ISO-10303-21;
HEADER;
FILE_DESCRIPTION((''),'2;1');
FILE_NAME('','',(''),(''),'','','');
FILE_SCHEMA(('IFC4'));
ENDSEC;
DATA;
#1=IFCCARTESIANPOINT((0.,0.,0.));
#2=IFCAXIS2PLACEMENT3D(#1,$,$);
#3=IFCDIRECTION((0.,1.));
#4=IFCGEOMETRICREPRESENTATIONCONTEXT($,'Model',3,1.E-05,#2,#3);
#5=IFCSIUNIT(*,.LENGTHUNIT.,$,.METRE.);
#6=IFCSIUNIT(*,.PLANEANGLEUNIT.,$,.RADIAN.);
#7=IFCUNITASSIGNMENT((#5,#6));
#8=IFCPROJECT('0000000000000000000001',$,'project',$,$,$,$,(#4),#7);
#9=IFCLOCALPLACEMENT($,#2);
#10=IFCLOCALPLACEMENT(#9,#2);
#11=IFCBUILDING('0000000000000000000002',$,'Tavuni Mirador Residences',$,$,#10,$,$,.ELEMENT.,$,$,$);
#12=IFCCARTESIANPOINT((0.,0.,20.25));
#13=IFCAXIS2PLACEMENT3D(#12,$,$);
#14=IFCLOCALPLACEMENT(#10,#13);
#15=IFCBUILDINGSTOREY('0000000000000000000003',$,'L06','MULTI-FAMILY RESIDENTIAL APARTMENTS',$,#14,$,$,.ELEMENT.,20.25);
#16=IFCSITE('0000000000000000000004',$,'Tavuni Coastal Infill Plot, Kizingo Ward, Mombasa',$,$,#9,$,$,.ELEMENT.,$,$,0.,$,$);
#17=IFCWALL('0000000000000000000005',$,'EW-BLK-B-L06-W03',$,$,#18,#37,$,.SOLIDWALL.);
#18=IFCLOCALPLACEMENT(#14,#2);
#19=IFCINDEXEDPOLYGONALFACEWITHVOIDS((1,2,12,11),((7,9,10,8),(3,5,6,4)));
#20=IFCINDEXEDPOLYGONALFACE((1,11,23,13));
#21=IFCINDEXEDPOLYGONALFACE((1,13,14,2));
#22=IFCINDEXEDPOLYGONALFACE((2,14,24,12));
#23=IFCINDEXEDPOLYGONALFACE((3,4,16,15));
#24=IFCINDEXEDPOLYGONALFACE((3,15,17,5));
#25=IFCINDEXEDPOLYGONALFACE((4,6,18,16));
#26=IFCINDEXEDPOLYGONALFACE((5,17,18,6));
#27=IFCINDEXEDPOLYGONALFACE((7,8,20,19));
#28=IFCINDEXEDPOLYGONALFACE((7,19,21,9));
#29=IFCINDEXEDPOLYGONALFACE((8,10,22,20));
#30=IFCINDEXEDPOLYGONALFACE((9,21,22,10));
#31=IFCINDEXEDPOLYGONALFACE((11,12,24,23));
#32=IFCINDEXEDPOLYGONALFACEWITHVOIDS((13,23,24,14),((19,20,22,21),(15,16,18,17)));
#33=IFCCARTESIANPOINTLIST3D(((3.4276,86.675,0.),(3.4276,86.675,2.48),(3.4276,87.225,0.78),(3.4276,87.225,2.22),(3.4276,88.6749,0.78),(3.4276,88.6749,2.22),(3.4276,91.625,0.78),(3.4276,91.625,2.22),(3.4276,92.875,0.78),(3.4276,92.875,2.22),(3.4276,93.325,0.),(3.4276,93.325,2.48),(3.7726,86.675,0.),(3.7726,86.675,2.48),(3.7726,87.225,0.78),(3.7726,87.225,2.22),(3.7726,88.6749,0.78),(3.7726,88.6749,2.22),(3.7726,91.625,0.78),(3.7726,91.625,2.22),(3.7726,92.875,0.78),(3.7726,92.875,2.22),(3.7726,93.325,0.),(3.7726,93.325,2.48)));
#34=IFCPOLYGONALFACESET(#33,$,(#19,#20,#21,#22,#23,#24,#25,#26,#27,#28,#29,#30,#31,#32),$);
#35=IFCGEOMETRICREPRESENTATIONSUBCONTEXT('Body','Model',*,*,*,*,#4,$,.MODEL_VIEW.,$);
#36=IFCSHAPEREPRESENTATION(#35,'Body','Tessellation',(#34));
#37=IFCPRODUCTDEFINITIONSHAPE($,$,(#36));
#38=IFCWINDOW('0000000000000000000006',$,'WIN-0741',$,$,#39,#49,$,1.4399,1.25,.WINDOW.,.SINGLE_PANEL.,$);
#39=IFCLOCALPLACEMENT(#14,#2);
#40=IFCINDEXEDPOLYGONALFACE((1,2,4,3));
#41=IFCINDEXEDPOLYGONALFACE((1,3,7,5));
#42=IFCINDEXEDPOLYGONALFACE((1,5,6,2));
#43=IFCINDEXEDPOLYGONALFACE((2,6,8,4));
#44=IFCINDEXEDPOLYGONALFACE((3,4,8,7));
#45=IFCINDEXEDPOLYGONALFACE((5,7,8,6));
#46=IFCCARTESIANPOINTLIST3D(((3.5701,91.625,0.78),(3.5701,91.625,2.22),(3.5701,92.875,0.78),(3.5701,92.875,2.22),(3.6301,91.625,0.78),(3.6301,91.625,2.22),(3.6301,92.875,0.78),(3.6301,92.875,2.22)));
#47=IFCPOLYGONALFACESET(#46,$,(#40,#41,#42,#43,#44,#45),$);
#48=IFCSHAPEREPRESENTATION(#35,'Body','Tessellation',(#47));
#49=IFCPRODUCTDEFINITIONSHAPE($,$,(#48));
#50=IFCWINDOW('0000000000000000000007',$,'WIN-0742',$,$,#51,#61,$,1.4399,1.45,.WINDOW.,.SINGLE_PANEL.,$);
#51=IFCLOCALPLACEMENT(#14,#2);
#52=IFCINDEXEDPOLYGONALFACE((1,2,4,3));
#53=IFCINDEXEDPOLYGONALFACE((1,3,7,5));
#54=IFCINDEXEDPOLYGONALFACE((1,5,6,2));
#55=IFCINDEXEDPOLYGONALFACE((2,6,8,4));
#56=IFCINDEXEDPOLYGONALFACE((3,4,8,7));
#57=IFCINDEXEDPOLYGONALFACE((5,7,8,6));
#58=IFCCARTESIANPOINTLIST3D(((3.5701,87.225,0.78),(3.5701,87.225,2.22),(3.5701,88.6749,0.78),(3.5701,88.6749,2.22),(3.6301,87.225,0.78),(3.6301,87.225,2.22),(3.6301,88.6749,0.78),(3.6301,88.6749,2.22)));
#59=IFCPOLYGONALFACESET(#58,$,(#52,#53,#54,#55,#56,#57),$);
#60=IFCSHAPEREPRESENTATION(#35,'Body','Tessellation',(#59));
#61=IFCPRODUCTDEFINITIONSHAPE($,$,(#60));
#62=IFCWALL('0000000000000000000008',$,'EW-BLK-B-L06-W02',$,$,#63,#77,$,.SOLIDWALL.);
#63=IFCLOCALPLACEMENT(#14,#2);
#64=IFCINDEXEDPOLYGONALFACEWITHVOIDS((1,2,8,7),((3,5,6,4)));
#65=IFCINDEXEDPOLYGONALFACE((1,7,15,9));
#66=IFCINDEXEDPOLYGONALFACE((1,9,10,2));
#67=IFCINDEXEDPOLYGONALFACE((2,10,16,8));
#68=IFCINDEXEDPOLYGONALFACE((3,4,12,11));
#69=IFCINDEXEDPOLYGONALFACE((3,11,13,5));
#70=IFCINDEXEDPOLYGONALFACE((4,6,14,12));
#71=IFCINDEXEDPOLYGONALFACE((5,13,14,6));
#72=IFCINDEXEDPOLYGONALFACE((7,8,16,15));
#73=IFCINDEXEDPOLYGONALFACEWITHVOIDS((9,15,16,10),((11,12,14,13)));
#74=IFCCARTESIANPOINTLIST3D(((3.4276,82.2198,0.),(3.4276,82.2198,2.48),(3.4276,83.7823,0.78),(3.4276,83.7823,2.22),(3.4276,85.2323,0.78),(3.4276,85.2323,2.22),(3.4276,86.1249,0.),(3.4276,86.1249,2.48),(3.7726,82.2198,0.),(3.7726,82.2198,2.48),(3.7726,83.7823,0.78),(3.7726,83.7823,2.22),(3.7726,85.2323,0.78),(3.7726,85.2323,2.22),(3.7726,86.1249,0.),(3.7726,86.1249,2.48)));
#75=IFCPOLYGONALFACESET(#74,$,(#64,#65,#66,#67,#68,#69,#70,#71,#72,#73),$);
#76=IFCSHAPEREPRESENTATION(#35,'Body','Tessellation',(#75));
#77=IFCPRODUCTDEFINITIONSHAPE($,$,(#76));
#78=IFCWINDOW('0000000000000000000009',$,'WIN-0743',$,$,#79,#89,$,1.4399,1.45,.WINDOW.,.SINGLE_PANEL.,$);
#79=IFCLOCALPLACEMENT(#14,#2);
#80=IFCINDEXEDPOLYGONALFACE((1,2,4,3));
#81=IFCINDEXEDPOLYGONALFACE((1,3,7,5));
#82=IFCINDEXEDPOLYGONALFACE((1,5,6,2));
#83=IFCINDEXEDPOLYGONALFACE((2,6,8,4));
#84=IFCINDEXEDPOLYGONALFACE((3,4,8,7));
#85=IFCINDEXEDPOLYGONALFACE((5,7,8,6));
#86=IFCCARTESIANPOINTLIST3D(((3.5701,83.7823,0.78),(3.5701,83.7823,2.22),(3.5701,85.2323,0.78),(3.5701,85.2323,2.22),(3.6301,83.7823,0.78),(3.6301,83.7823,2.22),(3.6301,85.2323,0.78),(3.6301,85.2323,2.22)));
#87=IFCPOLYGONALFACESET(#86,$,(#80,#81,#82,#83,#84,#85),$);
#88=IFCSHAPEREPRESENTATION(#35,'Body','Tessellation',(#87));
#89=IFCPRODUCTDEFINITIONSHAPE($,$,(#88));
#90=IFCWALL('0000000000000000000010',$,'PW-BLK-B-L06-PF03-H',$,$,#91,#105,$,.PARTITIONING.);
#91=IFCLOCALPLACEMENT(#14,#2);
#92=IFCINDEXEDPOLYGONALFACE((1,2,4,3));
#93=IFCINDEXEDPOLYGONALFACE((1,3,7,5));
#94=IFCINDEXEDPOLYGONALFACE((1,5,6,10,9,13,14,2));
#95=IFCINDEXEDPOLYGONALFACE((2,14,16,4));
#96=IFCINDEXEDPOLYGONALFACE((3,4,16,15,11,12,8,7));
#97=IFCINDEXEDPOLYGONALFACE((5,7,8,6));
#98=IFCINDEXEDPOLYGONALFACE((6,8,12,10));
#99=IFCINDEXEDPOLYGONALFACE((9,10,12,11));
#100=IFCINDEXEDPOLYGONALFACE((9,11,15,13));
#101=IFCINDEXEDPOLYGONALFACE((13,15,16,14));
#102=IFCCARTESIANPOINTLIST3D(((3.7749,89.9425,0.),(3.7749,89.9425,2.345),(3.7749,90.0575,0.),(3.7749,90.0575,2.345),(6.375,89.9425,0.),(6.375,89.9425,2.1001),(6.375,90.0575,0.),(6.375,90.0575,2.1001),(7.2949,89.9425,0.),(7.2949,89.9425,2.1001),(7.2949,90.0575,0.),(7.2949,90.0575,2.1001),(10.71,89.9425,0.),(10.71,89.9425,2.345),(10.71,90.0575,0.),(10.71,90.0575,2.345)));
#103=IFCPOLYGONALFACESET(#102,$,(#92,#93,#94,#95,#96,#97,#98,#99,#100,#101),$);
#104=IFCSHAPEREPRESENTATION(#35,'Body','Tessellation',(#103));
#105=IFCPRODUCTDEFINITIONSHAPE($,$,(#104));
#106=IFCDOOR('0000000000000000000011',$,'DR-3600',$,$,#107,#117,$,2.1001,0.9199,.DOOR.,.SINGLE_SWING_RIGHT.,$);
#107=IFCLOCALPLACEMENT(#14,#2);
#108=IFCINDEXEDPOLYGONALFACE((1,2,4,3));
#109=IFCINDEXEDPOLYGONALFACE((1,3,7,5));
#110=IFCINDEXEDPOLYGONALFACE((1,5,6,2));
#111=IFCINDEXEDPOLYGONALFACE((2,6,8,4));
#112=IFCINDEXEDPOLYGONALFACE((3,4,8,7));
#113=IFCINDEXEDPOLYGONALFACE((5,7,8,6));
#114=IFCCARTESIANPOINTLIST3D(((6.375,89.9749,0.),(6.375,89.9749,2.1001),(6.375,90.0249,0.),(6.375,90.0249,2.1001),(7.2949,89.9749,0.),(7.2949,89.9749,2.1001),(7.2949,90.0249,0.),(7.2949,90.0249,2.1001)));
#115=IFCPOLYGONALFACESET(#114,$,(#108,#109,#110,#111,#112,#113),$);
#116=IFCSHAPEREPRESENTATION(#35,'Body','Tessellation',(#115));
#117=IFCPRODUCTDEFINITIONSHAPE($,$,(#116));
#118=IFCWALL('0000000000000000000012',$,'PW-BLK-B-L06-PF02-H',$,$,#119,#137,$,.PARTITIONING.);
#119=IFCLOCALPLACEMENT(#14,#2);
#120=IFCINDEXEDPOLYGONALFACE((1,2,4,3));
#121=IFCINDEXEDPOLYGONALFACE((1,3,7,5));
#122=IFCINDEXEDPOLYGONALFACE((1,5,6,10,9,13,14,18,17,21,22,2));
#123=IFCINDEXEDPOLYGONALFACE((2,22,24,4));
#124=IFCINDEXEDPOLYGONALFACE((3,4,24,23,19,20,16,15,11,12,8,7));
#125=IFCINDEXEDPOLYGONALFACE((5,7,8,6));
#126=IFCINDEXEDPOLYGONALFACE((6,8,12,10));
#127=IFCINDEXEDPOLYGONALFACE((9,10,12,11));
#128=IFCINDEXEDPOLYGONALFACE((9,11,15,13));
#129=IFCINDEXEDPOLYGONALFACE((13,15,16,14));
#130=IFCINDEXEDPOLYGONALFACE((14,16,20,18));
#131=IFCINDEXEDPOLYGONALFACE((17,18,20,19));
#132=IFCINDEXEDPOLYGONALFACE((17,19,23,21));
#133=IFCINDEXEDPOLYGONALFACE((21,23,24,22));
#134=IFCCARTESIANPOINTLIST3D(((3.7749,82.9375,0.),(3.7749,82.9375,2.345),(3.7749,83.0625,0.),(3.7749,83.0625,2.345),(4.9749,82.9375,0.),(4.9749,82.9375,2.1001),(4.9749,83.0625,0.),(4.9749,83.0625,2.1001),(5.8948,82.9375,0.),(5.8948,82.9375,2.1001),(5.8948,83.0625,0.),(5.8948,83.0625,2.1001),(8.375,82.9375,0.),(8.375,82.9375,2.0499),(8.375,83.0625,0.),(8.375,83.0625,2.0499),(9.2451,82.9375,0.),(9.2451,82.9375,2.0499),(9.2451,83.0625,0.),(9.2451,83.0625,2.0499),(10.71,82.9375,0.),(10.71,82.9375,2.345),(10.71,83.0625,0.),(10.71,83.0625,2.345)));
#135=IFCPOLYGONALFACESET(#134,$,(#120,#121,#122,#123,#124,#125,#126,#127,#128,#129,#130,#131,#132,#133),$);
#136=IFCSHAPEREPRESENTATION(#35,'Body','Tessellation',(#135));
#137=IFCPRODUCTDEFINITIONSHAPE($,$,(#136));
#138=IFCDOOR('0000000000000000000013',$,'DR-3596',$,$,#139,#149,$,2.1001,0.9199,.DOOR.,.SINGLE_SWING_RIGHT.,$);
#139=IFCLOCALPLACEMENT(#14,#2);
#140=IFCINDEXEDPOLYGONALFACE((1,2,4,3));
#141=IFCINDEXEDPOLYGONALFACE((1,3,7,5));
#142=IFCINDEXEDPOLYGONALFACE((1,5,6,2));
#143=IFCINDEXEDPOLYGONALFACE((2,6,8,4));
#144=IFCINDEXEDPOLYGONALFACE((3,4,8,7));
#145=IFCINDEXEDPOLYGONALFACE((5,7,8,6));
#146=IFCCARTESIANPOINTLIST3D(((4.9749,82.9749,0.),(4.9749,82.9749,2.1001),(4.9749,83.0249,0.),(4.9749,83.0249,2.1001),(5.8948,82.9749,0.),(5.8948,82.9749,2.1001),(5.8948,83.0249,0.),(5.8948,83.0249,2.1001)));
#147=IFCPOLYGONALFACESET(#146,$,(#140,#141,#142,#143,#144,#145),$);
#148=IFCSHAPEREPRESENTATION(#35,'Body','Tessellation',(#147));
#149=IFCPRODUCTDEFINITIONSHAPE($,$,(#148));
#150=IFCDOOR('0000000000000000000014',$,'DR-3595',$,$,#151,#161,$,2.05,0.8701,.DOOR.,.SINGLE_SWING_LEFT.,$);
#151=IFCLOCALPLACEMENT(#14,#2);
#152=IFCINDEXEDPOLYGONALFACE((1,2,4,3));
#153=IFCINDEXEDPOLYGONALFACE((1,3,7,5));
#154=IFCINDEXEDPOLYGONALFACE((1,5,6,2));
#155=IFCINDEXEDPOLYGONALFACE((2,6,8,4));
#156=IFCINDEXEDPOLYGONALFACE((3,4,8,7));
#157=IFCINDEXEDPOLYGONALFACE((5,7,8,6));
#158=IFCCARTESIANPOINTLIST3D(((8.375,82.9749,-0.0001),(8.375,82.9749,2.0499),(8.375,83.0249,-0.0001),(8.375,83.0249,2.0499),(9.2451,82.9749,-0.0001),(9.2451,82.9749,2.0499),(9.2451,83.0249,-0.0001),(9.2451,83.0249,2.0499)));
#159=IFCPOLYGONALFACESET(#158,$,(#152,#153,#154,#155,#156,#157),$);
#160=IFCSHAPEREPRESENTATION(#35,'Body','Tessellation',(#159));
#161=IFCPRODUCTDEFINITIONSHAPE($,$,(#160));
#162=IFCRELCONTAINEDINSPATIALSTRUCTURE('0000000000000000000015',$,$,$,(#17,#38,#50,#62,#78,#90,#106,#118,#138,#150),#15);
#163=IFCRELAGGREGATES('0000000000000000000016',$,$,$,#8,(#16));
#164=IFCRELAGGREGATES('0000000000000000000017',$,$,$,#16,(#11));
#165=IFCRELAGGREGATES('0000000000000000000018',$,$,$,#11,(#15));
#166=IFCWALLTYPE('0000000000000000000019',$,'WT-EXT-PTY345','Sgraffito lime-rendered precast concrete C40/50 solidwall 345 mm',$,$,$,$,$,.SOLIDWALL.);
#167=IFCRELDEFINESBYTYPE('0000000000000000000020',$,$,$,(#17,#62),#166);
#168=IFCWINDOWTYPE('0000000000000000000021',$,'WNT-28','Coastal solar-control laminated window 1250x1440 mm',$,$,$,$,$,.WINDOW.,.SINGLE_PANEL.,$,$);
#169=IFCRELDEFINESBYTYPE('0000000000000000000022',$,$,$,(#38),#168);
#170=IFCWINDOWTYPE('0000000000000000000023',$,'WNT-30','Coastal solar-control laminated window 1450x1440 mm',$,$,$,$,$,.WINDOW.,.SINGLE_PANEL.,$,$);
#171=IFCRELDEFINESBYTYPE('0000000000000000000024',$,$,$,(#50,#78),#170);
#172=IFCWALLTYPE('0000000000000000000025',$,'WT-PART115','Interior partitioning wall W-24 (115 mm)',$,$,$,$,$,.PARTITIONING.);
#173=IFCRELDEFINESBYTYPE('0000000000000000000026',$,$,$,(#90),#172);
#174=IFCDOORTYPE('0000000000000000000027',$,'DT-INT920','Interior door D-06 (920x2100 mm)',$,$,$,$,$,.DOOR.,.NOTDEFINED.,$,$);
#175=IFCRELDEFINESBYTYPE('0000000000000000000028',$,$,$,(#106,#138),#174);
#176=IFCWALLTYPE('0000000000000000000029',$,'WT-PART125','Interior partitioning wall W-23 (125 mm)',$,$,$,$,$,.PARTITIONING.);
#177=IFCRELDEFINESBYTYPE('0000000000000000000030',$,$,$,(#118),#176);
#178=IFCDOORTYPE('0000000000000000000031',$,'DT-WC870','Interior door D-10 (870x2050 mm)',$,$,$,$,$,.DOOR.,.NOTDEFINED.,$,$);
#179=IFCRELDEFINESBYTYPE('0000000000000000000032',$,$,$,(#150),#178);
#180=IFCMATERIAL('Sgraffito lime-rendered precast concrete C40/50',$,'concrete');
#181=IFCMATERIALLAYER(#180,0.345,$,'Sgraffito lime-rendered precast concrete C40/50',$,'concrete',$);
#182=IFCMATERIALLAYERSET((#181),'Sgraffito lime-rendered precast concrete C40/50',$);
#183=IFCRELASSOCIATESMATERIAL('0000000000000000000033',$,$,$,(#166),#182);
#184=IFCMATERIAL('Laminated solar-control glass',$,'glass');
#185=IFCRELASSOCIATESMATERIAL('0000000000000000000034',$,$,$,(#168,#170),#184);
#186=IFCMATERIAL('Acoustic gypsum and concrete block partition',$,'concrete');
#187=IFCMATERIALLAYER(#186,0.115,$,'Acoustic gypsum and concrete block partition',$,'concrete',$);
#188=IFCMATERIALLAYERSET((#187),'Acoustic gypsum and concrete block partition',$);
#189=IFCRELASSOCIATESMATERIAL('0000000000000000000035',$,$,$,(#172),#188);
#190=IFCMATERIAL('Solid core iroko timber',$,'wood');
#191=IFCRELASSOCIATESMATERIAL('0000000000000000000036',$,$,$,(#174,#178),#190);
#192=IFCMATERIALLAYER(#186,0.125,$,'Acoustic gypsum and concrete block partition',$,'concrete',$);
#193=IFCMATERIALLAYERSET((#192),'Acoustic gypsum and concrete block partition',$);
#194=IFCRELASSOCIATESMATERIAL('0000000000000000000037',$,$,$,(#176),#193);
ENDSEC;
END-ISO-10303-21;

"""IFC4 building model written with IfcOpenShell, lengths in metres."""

from ifc_helpers import new_model, si_unit, direction, frame, frame_2d, origin, place, context, subcontext, project, spatial, rectangle, extrude, material, layer, layer_set, type_object, element, fill, save


model = new_model("IFC4")

# Units and contexts
model_context = context("Model", 3, precision=1e-05, world=origin(), true_north=direction((0.0, 1.0)))
body_context = subcontext(model_context, "Body", "Model", "MODEL_VIEW")
ifc_project = project(units=[si_unit("LENGTHUNIT", "METRE"), si_unit("PLANEANGLEUNIT", "RADIAN")], contexts=[model_context])

# Site, building, storey
site_placement = place(None, origin())
site = spatial("IfcSite", under=ifc_project, at=site_placement, Name="Tavuni Coastal Infill Plot, Kizingo Ward, Mombasa", CompositionType="ELEMENT", RefElevation=0.0)
building_placement = place(site_placement, origin())
building = spatial("IfcBuilding", under=site, at=building_placement, Name="Tavuni Mirador Residences", CompositionType="ELEMENT")
storey_placement = place(building_placement, frame((0.0, 0.0, 20.25)))
storey = spatial("IfcBuildingStorey", under=building, at=storey_placement, Name="L06", Description="MULTI-FAMILY RESIDENTIAL APARTMENTS", CompositionType="ELEMENT", Elevation=20.25)

# Shared definitions
ifc_material_1 = material(Name="Laminated solar-control glass", Category="glass")

# Wall, openings, windows
ifc_material_2 = material(Name="Sgraffito lime-rendered precast concrete C40/50", Category="concrete")
ifc_layer_1 = layer(ifc_material_2, 0.345, Name="Sgraffito lime-rendered precast concrete C40/50", Category="concrete")
ifc_layer_set_1 = layer_set([ifc_layer_1], Name="Sgraffito lime-rendered precast concrete C40/50")
wall_type_1 = type_object("IfcWallType", Name="WT-EXT-PTY345", Description="Sgraffito lime-rendered precast concrete C40/50 solidwall 345 mm", PredefinedType="SOLIDWALL", material=ifc_layer_set_1)
wall_1_placement = place(storey_placement, frame((3.6001, 93.325, 0.0), z_axis=(0.0, 0.0, 1.0), x_axis=(0.0, -1.0, 0.0)))
wall_1 = element("IfcWall", 1, at=wall_1_placement, inside=storey, type_object=wall_type_1, Name="EW-BLK-B-L06-W03", PredefinedType="SOLIDWALL", context=body_context, shape_type="SweptSolid", body=[
    extrude(rectangle(XDim=6.6499, YDim=0.345, at=frame_2d((3.325, 0.0))), origin(), (0.0, 0.0, 1.0), 2.48),
])
opening_1_placement = place(wall_1_placement, frame((0.45, 0.0, 0.78)))
opening_1 = element("IfcOpeningElement", 2, at=opening_1_placement, cuts=wall_1, PredefinedType="OPENING", context=body_context, shape_type="SweptSolid", body=[
    extrude(rectangle(XDim=1.25, YDim=1.4399, at=frame_2d((0.625, 0.72))), frame((0.0, 0.1826, 0.0), z_axis=(0.0, -1.0, 0.0), x_axis=(1.0, 0.0, 0.0)), (0.0, 0.0, 1.0), 0.365),
])
opening_2_placement = place(wall_1_placement, frame((4.6499, 0.0, 0.78)))
opening_2 = element("IfcOpeningElement", 3, at=opening_2_placement, cuts=wall_1, PredefinedType="OPENING", context=body_context, shape_type="SweptSolid", body=[
    extrude(rectangle(XDim=1.45, YDim=1.4399, at=frame_2d((0.7251, 0.72))), frame((0.0, 0.1826, 0.0), z_axis=(0.0, -1.0, 0.0), x_axis=(1.0, 0.0, 0.0)), (0.0, 0.0, 1.0), 0.365),
])
window_type_1 = type_object("IfcWindowType", Name="WNT-28", Description="Coastal solar-control laminated window 1250x1440 mm", PartitioningType="SINGLE_PANEL", PredefinedType="WINDOW", material=ifc_material_1)
window_1_placement = place(opening_1_placement, origin())
window_1 = element("IfcWindow", 4, at=window_1_placement, inside=storey, type_object=window_type_1, Name="WIN-0741", OverallHeight=1.4399, OverallWidth=1.25, PartitioningType="SINGLE_PANEL", PredefinedType="WINDOW", context=body_context, shape_type="SweptSolid", body=[
    extrude(rectangle(XDim=1.25, YDim=1.4399, at=frame_2d((0.625, 0.72))), frame((0.0, 0.03, 0.0), z_axis=(0.0, -1.0, 0.0), x_axis=(1.0, 0.0, 0.0)), (0.0, 0.0, 1.0), 0.0601),
])
fill(opening_1, window_1)
window_type_2 = type_object("IfcWindowType", Name="WNT-30", Description="Coastal solar-control laminated window 1450x1440 mm", PartitioningType="SINGLE_PANEL", PredefinedType="WINDOW", material=ifc_material_1)
window_2_placement = place(opening_2_placement, origin())
window_2 = element("IfcWindow", 5, at=window_2_placement, inside=storey, type_object=window_type_2, Name="WIN-0742", OverallHeight=1.4399, OverallWidth=1.45, PartitioningType="SINGLE_PANEL", PredefinedType="WINDOW", context=body_context, shape_type="SweptSolid", body=[
    extrude(rectangle(XDim=1.45, YDim=1.4399, at=frame_2d((0.7251, 0.72))), frame((0.0, 0.03, 0.0), z_axis=(0.0, -1.0, 0.0), x_axis=(1.0, 0.0, 0.0)), (0.0, 0.0, 1.0), 0.0601),
])
fill(opening_2, window_2)

# Wall, opening, window
wall_2_placement = place(storey_placement, frame((3.6001, 86.125, 0.0), z_axis=(0.0, 0.0, 1.0), x_axis=(0.0, -1.0, 0.0)))
wall_2 = element("IfcWall", 6, at=wall_2_placement, inside=storey, type_object=wall_type_1, Name="EW-BLK-B-L06-W02", PredefinedType="SOLIDWALL", context=body_context, shape_type="SweptSolid", body=[
    extrude(rectangle(XDim=3.905, YDim=0.345, at=frame_2d((1.9526, 0.0))), origin(), (0.0, 0.0, 1.0), 2.48),
])
opening_3_placement = place(wall_2_placement, frame((0.8926, 0.0, 0.78)))
opening_3 = element("IfcOpeningElement", 7, at=opening_3_placement, cuts=wall_2, PredefinedType="OPENING", context=body_context, shape_type="SweptSolid", body=[
    extrude(rectangle(XDim=1.45, YDim=1.4399, at=frame_2d((0.7251, 0.72))), frame((0.0, 0.1826, 0.0), z_axis=(0.0, -1.0, 0.0), x_axis=(1.0, 0.0, 0.0)), (0.0, 0.0, 1.0), 0.365),
])
window_3_placement = place(opening_3_placement, origin())
window_3 = element("IfcWindow", 8, at=window_3_placement, inside=storey, type_object=window_type_2, Name="WIN-0743", OverallHeight=1.4399, OverallWidth=1.45, PartitioningType="SINGLE_PANEL", PredefinedType="WINDOW", context=body_context, shape_type="SweptSolid", body=[
    extrude(rectangle(XDim=1.45, YDim=1.4399, at=frame_2d((0.7251, 0.72))), frame((0.0, 0.03, 0.0), z_axis=(0.0, -1.0, 0.0), x_axis=(1.0, 0.0, 0.0)), (0.0, 0.0, 1.0), 0.0601),
])
fill(opening_3, window_3)

# Wall, opening, door
ifc_material_3 = material(Name="Acoustic gypsum and concrete block partition", Category="concrete")
ifc_layer_2 = layer(ifc_material_3, 0.115, Name="Acoustic gypsum and concrete block partition", Category="concrete")
ifc_layer_set_2 = layer_set([ifc_layer_2], Name="Acoustic gypsum and concrete block partition")
wall_type_2 = type_object("IfcWallType", Name="WT-PART115", Description="Interior partitioning wall W-24 (115 mm)", PredefinedType="PARTITIONING", material=ifc_layer_set_2)
wall_3_placement = place(storey_placement, frame((3.7749, 90.0, 0.0), z_axis=(0.0, 0.0, 1.0), x_axis=(1.0, 0.0, 0.0)))
wall_3 = element("IfcWall", 9, at=wall_3_placement, inside=storey, type_object=wall_type_2, Name="PW-BLK-B-L06-PF03-H", PredefinedType="PARTITIONING", context=body_context, shape_type="SweptSolid", body=[
    extrude(rectangle(XDim=6.9351, YDim=0.115, at=frame_2d((3.4675, 0.0))), origin(), (0.0, 0.0, 1.0), 2.345),
])
opening_4_placement = place(wall_3_placement, frame((2.6001, 0.0, 0.0)))
opening_4 = element("IfcOpeningElement", 10, at=opening_4_placement, cuts=wall_3, PredefinedType="OPENING", context=body_context, shape_type="SweptSolid", body=[
    extrude(rectangle(XDim=0.9199, YDim=2.1001, at=frame_2d((0.46, 1.05))), frame((0.0, 0.0674, 0.0), z_axis=(0.0, -1.0, 0.0), x_axis=(1.0, 0.0, 0.0)), (0.0, 0.0, 1.0), 0.135),
])
ifc_material_4 = material(Name="Solid core iroko timber", Category="wood")
door_type_1 = type_object("IfcDoorType", Name="DT-INT920", Description="Interior door D-06 (920x2100 mm)", OperationType="NOTDEFINED", PredefinedType="DOOR", material=ifc_material_4)
door_1_placement = place(opening_4_placement, origin())
door_1 = element("IfcDoor", 11, at=door_1_placement, inside=storey, type_object=door_type_1, Name="DR-3600", OperationType="SINGLE_SWING_RIGHT", OverallHeight=2.1001, OverallWidth=0.9199, PredefinedType="DOOR", context=body_context, shape_type="SweptSolid", body=[
    extrude(rectangle(XDim=0.9199, YDim=2.1001, at=frame_2d((0.46, 1.05))), frame((0.0, 0.0249, 0.0), z_axis=(0.0, -1.0, 0.0), x_axis=(1.0, 0.0, 0.0)), (0.0, 0.0, 1.0), 0.05),
])
fill(opening_4, door_1)

# Wall, openings, doors
ifc_layer_3 = layer(ifc_material_3, 0.125, Name="Acoustic gypsum and concrete block partition", Category="concrete")
ifc_layer_set_3 = layer_set([ifc_layer_3], Name="Acoustic gypsum and concrete block partition")
wall_type_3 = type_object("IfcWallType", Name="WT-PART125", Description="Interior partitioning wall W-23 (125 mm)", PredefinedType="PARTITIONING", material=ifc_layer_set_3)
wall_4_placement = place(storey_placement, frame((3.7749, 83.0, 0.0), z_axis=(0.0, 0.0, 1.0), x_axis=(1.0, 0.0, 0.0)))
wall_4 = element("IfcWall", 12, at=wall_4_placement, inside=storey, type_object=wall_type_3, Name="PW-BLK-B-L06-PF02-H", PredefinedType="PARTITIONING", context=body_context, shape_type="SweptSolid", body=[
    extrude(rectangle(XDim=6.9351, YDim=0.125, at=frame_2d((3.4675, 0.0))), origin(), (0.0, 0.0, 1.0), 2.345),
])
opening_5_placement = place(wall_4_placement, frame((4.6001, 0.0, 0.0)))
opening_5 = element("IfcOpeningElement", 13, at=opening_5_placement, cuts=wall_4, PredefinedType="OPENING", context=body_context, shape_type="SweptSolid", body=[
    extrude(rectangle(XDim=0.8701, YDim=2.05, at=frame_2d((0.4351, 1.0249))), frame((0.0, 0.0725, 0.0), z_axis=(0.0, -1.0, 0.0), x_axis=(1.0, 0.0, 0.0)), (0.0, 0.0, 1.0), 0.145),
])
opening_6_placement = place(wall_4_placement, frame((1.2, 0.0, 0.0)))
opening_6 = element("IfcOpeningElement", 14, at=opening_6_placement, cuts=wall_4, PredefinedType="OPENING", context=body_context, shape_type="SweptSolid", body=[
    extrude(rectangle(XDim=0.9199, YDim=2.1001, at=frame_2d((0.46, 1.05))), frame((0.0, 0.0725, 0.0), z_axis=(0.0, -1.0, 0.0), x_axis=(1.0, 0.0, 0.0)), (0.0, 0.0, 1.0), 0.145),
])
door_2_placement = place(opening_6_placement, origin())
door_2 = element("IfcDoor", 15, at=door_2_placement, inside=storey, type_object=door_type_1, Name="DR-3596", OperationType="SINGLE_SWING_RIGHT", OverallHeight=2.1001, OverallWidth=0.9199, PredefinedType="DOOR", context=body_context, shape_type="SweptSolid", body=[
    extrude(rectangle(XDim=0.9199, YDim=2.1001, at=frame_2d((0.46, 1.05))), frame((0.0, 0.0249, 0.0), z_axis=(0.0, -1.0, 0.0), x_axis=(1.0, 0.0, 0.0)), (0.0, 0.0, 1.0), 0.05),
])
fill(opening_6, door_2)
door_type_2 = type_object("IfcDoorType", Name="DT-WC870", Description="Interior door D-10 (870x2050 mm)", OperationType="NOTDEFINED", PredefinedType="DOOR", material=ifc_material_4)
door_3_placement = place(opening_5_placement, origin())
door_3 = element("IfcDoor", 16, at=door_3_placement, inside=storey, type_object=door_type_2, Name="DR-3595", OperationType="SINGLE_SWING_LEFT", OverallHeight=2.05, OverallWidth=0.8701, PredefinedType="DOOR", context=body_context, shape_type="SweptSolid", body=[
    extrude(rectangle(XDim=0.8701, YDim=2.05, at=frame_2d((0.4351, 1.0249))), frame((0.0, 0.0249, 0.0), z_axis=(0.0, -1.0, 0.0), x_axis=(1.0, 0.0, 0.0)), (0.0, 0.0, 1.0), 0.05),
])
fill(opening_5, door_3)

save(model, "model.ifc")
